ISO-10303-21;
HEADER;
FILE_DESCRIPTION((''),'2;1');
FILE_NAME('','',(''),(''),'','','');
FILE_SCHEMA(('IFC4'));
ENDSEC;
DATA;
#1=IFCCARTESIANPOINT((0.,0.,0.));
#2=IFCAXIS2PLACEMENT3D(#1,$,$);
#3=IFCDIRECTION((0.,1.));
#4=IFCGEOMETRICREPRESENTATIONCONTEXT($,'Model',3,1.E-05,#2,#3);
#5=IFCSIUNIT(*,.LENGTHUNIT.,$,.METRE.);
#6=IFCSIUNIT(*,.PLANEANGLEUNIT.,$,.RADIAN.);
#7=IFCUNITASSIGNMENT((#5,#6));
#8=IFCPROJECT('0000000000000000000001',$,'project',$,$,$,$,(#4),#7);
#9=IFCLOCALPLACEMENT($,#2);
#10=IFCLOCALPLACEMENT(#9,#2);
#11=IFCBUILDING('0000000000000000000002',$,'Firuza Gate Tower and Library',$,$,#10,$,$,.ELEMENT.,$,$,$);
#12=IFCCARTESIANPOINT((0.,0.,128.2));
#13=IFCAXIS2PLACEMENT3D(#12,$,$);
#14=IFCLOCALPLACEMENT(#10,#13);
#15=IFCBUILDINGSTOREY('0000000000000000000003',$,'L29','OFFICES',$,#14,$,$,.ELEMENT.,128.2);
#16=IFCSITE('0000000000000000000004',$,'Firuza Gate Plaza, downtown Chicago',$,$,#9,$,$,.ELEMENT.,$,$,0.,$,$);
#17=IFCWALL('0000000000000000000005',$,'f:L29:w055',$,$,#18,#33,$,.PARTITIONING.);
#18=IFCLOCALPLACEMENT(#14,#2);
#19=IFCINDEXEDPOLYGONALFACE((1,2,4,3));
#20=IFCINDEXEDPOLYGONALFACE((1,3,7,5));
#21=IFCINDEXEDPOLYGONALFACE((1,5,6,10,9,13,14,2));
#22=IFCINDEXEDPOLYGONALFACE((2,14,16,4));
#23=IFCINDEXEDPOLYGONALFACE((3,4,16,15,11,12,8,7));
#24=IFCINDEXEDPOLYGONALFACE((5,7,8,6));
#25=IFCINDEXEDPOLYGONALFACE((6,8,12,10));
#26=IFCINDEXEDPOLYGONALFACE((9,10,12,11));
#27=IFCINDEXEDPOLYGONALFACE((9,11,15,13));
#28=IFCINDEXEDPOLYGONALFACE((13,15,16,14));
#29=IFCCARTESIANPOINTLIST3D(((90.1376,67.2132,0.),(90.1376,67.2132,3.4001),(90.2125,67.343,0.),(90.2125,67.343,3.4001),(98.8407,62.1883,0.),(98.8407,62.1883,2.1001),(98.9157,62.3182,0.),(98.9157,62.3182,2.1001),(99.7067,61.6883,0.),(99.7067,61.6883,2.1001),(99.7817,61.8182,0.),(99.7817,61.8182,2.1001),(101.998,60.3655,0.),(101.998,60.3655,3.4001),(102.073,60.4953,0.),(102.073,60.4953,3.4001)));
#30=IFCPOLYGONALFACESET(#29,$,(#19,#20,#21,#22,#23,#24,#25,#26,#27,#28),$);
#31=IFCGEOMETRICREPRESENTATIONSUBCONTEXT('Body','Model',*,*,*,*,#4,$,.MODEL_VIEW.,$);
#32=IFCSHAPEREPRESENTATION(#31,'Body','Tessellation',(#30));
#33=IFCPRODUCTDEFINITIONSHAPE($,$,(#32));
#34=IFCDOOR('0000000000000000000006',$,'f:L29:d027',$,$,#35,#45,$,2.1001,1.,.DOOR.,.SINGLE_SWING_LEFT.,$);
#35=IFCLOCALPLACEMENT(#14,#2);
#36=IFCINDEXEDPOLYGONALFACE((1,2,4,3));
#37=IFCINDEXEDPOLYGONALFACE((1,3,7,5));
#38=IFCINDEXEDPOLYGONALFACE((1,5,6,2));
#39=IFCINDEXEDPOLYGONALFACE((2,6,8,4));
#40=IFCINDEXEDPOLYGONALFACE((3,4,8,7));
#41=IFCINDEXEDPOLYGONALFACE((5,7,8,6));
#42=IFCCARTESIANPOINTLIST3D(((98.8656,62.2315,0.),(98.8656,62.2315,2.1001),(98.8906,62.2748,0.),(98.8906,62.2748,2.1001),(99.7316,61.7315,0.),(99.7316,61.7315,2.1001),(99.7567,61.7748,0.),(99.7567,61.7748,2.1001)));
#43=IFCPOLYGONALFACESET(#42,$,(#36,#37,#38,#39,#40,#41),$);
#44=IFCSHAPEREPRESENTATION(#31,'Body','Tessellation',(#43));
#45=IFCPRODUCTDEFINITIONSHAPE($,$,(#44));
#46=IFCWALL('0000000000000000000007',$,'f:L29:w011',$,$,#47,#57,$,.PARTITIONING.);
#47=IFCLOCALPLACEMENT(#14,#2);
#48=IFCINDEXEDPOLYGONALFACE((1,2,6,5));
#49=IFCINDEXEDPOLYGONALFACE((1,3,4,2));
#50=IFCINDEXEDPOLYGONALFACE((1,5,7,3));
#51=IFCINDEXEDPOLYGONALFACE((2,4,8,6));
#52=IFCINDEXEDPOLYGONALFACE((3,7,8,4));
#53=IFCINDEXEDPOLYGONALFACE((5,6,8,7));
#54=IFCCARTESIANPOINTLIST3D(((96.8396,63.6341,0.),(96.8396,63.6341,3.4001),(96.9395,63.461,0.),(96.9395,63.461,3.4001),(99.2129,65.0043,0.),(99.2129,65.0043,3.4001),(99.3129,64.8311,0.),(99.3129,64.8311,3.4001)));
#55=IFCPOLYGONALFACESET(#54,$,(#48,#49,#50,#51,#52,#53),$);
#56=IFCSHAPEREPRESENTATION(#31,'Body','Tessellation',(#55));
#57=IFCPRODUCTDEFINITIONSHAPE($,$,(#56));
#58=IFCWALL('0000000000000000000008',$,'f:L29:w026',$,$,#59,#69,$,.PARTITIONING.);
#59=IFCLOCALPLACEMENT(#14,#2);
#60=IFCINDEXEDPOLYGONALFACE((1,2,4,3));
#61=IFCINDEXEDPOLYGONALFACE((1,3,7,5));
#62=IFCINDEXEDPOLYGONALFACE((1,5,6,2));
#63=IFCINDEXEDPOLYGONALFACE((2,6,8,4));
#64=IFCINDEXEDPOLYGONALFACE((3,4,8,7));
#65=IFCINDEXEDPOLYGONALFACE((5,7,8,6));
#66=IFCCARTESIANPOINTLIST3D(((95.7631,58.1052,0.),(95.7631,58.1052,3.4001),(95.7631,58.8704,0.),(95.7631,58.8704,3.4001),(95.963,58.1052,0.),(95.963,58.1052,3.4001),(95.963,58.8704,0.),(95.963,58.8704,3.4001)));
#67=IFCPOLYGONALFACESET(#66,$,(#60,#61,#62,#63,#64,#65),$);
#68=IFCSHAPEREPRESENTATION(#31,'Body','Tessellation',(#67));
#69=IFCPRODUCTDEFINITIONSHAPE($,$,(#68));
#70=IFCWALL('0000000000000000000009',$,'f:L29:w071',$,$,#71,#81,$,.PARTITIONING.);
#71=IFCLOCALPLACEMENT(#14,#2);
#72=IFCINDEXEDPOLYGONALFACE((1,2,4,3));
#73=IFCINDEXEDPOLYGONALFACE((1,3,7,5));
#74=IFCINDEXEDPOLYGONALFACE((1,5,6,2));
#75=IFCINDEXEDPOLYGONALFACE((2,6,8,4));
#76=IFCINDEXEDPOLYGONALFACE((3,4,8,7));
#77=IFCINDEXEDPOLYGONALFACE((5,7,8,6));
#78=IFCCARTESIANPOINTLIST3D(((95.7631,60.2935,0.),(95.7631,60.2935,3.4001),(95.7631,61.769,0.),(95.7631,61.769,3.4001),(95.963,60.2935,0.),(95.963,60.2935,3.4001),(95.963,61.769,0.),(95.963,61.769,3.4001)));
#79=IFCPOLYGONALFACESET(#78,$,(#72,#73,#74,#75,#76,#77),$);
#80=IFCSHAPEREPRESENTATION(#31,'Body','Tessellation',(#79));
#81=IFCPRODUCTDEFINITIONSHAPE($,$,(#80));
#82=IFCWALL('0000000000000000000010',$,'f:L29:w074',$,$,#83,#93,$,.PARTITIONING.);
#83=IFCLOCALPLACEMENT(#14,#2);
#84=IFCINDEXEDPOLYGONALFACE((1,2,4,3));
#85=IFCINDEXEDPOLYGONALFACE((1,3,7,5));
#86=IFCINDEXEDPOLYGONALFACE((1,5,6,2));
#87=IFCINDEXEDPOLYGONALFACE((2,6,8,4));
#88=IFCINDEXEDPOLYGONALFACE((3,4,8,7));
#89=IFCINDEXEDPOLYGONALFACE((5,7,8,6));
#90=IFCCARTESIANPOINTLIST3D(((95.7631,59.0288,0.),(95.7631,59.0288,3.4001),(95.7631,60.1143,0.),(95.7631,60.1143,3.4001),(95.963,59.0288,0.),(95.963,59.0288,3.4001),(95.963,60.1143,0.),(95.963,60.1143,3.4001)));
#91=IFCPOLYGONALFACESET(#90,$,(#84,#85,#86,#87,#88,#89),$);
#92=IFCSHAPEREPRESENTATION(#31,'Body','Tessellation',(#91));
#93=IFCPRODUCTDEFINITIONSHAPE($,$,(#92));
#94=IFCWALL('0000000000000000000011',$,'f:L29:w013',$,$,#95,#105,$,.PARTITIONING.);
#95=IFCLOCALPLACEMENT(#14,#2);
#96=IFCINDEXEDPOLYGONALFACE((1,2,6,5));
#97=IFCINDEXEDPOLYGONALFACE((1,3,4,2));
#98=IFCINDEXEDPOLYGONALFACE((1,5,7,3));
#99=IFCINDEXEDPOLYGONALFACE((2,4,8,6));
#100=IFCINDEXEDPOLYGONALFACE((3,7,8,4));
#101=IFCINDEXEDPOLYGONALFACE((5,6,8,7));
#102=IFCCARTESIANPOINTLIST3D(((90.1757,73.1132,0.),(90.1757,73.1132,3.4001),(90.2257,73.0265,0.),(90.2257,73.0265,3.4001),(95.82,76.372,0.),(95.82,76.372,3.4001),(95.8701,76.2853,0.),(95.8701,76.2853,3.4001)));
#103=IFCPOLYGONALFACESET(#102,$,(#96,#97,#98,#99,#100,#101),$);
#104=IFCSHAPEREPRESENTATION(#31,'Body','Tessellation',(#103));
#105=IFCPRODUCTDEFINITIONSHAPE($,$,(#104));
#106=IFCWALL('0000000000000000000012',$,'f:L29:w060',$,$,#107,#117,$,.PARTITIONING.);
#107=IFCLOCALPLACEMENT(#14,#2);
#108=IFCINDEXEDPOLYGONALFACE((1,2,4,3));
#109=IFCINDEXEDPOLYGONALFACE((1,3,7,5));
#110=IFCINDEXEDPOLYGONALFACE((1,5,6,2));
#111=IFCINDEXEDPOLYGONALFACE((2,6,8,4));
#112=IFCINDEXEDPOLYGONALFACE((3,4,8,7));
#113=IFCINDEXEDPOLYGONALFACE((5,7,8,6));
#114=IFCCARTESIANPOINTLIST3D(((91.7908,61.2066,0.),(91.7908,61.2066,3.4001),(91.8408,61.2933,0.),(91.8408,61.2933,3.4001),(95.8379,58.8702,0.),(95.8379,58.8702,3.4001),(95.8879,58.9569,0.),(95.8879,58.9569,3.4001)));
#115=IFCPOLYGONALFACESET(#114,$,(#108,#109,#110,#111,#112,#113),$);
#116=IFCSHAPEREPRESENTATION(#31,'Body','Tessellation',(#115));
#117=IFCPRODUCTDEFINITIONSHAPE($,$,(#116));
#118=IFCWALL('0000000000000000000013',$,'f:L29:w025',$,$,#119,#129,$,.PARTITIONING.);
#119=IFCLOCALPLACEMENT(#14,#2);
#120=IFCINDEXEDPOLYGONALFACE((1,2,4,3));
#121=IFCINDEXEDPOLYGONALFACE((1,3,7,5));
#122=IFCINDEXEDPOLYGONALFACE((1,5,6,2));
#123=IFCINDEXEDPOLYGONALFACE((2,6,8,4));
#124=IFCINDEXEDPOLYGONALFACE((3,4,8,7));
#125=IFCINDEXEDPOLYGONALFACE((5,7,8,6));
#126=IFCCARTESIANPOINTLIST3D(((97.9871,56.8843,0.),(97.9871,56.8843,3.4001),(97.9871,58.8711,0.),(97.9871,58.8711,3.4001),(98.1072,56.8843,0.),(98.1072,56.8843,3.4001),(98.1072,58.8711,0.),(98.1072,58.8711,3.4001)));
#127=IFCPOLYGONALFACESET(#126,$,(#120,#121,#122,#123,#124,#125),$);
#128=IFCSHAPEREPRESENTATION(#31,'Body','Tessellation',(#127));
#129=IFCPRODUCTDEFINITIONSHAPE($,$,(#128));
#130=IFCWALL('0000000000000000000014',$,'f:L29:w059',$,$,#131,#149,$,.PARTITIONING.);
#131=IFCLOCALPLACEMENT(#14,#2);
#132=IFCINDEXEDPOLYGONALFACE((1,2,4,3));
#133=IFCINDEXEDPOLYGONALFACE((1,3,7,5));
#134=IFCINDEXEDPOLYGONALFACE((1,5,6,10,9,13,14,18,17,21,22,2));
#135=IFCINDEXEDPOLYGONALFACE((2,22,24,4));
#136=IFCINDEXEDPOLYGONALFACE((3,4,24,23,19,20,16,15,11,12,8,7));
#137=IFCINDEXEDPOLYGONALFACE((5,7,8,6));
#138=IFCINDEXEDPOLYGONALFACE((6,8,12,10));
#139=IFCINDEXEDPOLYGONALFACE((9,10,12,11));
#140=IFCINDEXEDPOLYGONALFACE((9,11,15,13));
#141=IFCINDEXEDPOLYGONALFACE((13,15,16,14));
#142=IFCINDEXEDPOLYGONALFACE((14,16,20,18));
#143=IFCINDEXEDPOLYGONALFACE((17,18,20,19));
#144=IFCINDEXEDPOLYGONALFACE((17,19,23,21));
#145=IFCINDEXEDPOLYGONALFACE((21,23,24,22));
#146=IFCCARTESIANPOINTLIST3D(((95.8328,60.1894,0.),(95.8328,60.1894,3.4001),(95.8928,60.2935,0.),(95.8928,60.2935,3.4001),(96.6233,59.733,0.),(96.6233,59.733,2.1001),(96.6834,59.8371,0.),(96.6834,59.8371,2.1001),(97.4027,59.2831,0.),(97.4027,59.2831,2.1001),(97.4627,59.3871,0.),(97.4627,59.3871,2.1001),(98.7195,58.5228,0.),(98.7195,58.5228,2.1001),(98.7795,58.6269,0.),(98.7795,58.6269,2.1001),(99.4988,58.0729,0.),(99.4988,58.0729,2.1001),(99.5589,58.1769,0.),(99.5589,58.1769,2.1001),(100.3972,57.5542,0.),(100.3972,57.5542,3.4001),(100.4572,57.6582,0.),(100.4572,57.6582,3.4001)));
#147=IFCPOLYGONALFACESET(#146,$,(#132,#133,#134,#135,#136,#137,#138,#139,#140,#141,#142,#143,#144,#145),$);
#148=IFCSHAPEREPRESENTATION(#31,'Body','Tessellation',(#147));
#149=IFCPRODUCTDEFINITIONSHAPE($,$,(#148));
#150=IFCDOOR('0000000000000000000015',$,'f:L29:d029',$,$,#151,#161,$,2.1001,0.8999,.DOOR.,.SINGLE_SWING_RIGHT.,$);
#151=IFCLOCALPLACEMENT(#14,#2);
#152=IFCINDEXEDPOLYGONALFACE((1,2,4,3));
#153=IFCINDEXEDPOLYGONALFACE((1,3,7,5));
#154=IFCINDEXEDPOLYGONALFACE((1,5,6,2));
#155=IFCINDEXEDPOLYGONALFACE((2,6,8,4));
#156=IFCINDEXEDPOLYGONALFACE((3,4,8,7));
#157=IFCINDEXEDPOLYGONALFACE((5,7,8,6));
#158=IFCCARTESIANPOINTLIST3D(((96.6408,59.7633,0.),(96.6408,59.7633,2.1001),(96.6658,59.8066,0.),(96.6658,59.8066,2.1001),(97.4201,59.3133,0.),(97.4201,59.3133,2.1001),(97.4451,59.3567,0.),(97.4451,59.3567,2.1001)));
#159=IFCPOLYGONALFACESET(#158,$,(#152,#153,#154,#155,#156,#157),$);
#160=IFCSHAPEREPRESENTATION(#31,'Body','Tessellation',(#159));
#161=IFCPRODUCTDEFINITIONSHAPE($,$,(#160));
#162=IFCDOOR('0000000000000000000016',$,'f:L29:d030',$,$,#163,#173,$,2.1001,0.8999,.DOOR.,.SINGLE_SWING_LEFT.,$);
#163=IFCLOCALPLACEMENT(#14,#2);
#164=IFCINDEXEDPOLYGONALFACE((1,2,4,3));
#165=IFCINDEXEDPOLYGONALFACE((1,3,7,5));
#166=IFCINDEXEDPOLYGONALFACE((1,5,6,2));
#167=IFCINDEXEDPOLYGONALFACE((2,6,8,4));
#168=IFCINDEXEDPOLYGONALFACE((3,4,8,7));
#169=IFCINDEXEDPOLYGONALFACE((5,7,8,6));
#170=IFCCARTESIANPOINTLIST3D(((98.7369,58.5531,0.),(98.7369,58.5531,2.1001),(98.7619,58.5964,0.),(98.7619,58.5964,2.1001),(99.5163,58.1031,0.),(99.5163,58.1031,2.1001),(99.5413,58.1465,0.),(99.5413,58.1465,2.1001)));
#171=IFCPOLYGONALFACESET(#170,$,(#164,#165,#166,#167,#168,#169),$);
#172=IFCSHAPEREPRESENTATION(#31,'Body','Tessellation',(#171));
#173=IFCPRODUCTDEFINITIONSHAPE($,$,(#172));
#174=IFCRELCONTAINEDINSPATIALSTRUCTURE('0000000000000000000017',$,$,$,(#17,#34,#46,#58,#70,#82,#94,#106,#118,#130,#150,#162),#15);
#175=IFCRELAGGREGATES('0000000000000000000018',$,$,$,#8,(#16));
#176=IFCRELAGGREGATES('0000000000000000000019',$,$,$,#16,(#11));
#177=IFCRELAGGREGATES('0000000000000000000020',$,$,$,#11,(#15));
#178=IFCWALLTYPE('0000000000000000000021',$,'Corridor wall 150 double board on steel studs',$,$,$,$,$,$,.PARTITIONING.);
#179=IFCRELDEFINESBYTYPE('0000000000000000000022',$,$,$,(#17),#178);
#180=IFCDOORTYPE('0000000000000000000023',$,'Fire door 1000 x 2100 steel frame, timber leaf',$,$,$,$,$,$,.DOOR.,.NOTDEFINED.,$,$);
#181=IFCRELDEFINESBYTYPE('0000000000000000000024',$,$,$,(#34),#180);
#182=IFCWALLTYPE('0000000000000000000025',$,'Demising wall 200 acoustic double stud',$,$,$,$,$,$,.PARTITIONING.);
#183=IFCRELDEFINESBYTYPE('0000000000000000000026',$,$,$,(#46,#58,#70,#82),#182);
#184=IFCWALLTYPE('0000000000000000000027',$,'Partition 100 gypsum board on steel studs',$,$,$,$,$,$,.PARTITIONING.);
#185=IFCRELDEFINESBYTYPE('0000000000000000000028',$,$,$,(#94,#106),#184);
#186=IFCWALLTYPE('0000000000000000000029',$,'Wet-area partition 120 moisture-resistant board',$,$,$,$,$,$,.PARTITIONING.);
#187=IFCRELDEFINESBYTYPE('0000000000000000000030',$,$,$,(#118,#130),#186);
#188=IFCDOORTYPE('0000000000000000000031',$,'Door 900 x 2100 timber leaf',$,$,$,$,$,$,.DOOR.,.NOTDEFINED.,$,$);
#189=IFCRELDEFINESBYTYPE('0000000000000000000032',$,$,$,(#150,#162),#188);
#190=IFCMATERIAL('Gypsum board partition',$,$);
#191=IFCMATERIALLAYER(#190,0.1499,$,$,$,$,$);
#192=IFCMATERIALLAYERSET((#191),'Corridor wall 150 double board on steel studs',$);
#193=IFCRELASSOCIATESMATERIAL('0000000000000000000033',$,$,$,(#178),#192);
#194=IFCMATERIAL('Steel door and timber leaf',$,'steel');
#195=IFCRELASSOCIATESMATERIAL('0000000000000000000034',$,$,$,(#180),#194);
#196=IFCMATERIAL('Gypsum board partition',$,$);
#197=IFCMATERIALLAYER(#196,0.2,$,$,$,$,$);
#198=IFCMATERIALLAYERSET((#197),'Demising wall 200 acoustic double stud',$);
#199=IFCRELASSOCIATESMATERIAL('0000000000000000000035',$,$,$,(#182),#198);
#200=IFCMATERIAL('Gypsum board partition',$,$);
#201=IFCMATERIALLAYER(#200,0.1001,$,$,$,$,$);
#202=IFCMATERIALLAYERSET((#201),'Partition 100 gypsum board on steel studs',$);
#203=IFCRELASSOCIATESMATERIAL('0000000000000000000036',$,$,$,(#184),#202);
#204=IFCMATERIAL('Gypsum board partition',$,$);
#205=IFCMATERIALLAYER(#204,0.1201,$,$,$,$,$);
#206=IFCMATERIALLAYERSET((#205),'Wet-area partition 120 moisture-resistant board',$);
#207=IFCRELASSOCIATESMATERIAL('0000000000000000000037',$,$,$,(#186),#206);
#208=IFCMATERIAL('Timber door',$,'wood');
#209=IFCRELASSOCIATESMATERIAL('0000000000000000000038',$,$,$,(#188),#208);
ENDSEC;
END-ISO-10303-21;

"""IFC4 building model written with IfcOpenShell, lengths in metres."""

from ifc_helpers import new_model, si_unit, direction, frame, frame_2d, origin, place, context, subcontext, project, spatial, rectangle, extrude, material, layer, layer_set, type_object, element, fill, save


model = new_model("IFC4")

# Units and contexts
model_context = context("Model", 3, precision=1e-05, world=origin(), true_north=direction((0.0, 1.0)))
body_context = subcontext(model_context, "Body", "Model", "MODEL_VIEW")
ifc_project = project(units=[si_unit("LENGTHUNIT", "METRE"), si_unit("PLANEANGLEUNIT", "RADIAN")], contexts=[model_context])

# Site, building, storey
site_placement = place(None, origin())
site = spatial("IfcSite", under=ifc_project, at=site_placement, Name="Firuza Gate Plaza, downtown Chicago", CompositionType="ELEMENT", RefElevation=0.0)
building_placement = place(site_placement, origin())
building = spatial("IfcBuilding", under=site, at=building_placement, Name="Firuza Gate Tower and Library", CompositionType="ELEMENT")
storey_placement = place(building_placement, frame((0.0, 0.0, 128.2)))
storey = spatial("IfcBuildingStorey", under=building, at=storey_placement, Name="L29", Description="OFFICES", CompositionType="ELEMENT", Elevation=128.2)

# Shared definitions
ifc_material_1 = material(Name="Gypsum board partition")
ifc_layer_1 = layer(ifc_material_1, 0.1499)
ifc_layer_set_1 = layer_set([ifc_layer_1], Name="Corridor wall 150 double board on steel studs")
wall_type_1 = type_object("IfcWallType", Name="Corridor wall 150 double board on steel studs", PredefinedType="PARTITIONING", material=ifc_layer_set_1)
ifc_material_2 = material(Name="Steel door and timber leaf", Category="steel")
door_type_1 = type_object("IfcDoorType", Name="Fire door 1000 x 2100 steel frame, timber leaf", OperationType="NOTDEFINED", PredefinedType="DOOR", material=ifc_material_2)

# Wall, opening, door
wall_1_placement = place(storey_placement, frame((90.175, 67.2781, 0.0), z_axis=(0.0, 0.0, 1.0), x_axis=(0.866023, -0.500004, 0.0)))
wall_1 = element("IfcWall", 1, at=wall_1_placement, inside=storey, type_object=wall_type_1, Name="f:L29:w055", PredefinedType="PARTITIONING", context=body_context, shape_type="SweptSolid", body=[
    extrude(rectangle(XDim=13.6953, YDim=0.1499, at=frame_2d((6.8477, 0.0))), origin(), (0.0, 0.0, 1.0), 3.4001),
])
opening_1_placement = place(wall_1_placement, frame((10.0496, 0.0, 0.0)))
opening_1 = element("IfcOpeningElement", 2, at=opening_1_placement, cuts=wall_1, PredefinedType="OPENING", context=body_context, shape_type="SweptSolid", body=[
    extrude(rectangle(XDim=1.0, YDim=2.1001, at=frame_2d((0.5, 1.05))), frame((0.0, 0.085, 0.0), z_axis=(0.0, -1.0, 0.0), x_axis=(1.0, 0.0, 0.0)), (0.0, 0.0, 1.0), 0.1699),
])
door_1_placement = place(opening_1_placement, origin())
door_1 = element("IfcDoor", 3, at=door_1_placement, inside=storey, type_object=door_type_1, Name="f:L29:d027", OperationType="SINGLE_SWING_LEFT", OverallHeight=2.1001, OverallWidth=1.0, PredefinedType="DOOR", context=body_context, shape_type="SweptSolid", body=[
    extrude(rectangle(XDim=1.0, YDim=2.1001, at=frame_2d((0.5, 1.05))), frame((0.0, 0.0249, 0.0), z_axis=(0.0, -1.0, 0.0), x_axis=(1.0, 0.0, 0.0)), (0.0, 0.0, 1.0), 0.05),
])
fill(opening_1, door_1)

# Walls
ifc_material_3 = material(Name="Gypsum board partition")
ifc_layer_2 = layer(ifc_material_3, 0.2)
ifc_layer_set_2 = layer_set([ifc_layer_2], Name="Demising wall 200 acoustic double stud")
wall_type_2 = type_object("IfcWallType", Name="Demising wall 200 acoustic double stud", PredefinedType="PARTITIONING", material=ifc_layer_set_2)
wall_2_placement = place(storey_placement, frame((96.8896, 63.5476, 0.0), z_axis=(0.0, 0.0, 1.0), x_axis=(0.866042, 0.499972, 0.0)))
element("IfcWall", 4, at=wall_2_placement, inside=storey, type_object=wall_type_2, Name="f:L29:w011", PredefinedType="PARTITIONING", context=body_context, shape_type="SweptSolid", body=[
    extrude(rectangle(XDim=2.7405, YDim=0.2, at=frame_2d((1.3701, 0.0))), origin(), (0.0, 0.0, 1.0), 3.4001),
])
wall_3_placement = place(storey_placement, frame((95.863, 58.1052, 0.0), z_axis=(0.0, 0.0, 1.0), x_axis=(0.0, 1.0, 0.0)))
element("IfcWall", 5, at=wall_3_placement, inside=storey, type_object=wall_type_2, Name="f:L29:w026", PredefinedType="PARTITIONING", context=body_context, shape_type="SweptSolid", body=[
    extrude(rectangle(XDim=0.7651, YDim=0.2, at=frame_2d((0.3826, 0.0))), origin(), (0.0, 0.0, 1.0), 3.4001),
])
wall_4_placement = place(storey_placement, frame((95.863, 60.2935, 0.0), z_axis=(0.0, 0.0, 1.0), x_axis=(0.0, 1.0, 0.0)))
element("IfcWall", 6, at=wall_4_placement, inside=storey, type_object=wall_type_2, Name="f:L29:w071", PredefinedType="PARTITIONING", context=body_context, shape_type="SweptSolid", body=[
    extrude(rectangle(XDim=1.4756, YDim=0.2, at=frame_2d((0.7378, 0.0))), origin(), (0.0, 0.0, 1.0), 3.4001),
])
wall_5_placement = place(storey_placement, frame((95.863, 59.0288, 0.0), z_axis=(0.0, 0.0, 1.0), x_axis=(0.0, 1.0, 0.0)))
element("IfcWall", 7, at=wall_5_placement, inside=storey, type_object=wall_type_2, Name="f:L29:w074", PredefinedType="PARTITIONING", context=body_context, shape_type="SweptSolid", body=[
    extrude(rectangle(XDim=1.0854, YDim=0.2, at=frame_2d((0.5427, 0.0))), origin(), (0.0, 0.0, 1.0), 3.4001),
])
ifc_material_4 = material(Name="Gypsum board partition")
ifc_layer_3 = layer(ifc_material_4, 0.1001)
ifc_layer_set_3 = layer_set([ifc_layer_3], Name="Partition 100 gypsum board on steel studs")
wall_type_3 = type_object("IfcWallType", Name="Partition 100 gypsum board on steel studs", PredefinedType="PARTITIONING", material=ifc_layer_set_3)
wall_6_placement = place(storey_placement, frame((90.2007, 73.0698, 0.0), z_axis=(0.0, 0.0, 1.0), x_axis=(0.866022, 0.500007, 0.0)))
element("IfcWall", 8, at=wall_6_placement, inside=storey, type_object=wall_type_3, Name="f:L29:w013", PredefinedType="PARTITIONING", context=body_context, shape_type="SweptSolid", body=[
    extrude(rectangle(XDim=6.5176, YDim=0.1001, at=frame_2d((3.2588, 0.0))), origin(), (0.0, 0.0, 1.0), 3.4001),
])
wall_7_placement = place(storey_placement, frame((95.8628, 58.9136, 0.0), z_axis=(0.0, 0.0, 1.0), x_axis=(-0.866042, 0.499971, 0.0)))
element("IfcWall", 9, at=wall_7_placement, inside=storey, type_object=wall_type_3, Name="f:L29:w060", PredefinedType="PARTITIONING", context=body_context, shape_type="SweptSolid", body=[
    extrude(rectangle(XDim=4.6731, YDim=0.1001, at=frame_2d((2.3364, 0.0))), origin(), (0.0, 0.0, 1.0), 3.4001),
])
ifc_material_5 = material(Name="Gypsum board partition")
ifc_layer_4 = layer(ifc_material_5, 0.1201)
ifc_layer_set_4 = layer_set([ifc_layer_4], Name="Wet-area partition 120 moisture-resistant board")
wall_type_4 = type_object("IfcWallType", Name="Wet-area partition 120 moisture-resistant board", PredefinedType="PARTITIONING", material=ifc_layer_set_4)
wall_8_placement = place(storey_placement, frame((98.0471, 56.8843, 0.0), z_axis=(0.0, 0.0, 1.0), x_axis=(0.0, 1.0, 0.0)))
element("IfcWall", 10, at=wall_8_placement, inside=storey, type_object=wall_type_4, Name="f:L29:w025", PredefinedType="PARTITIONING", context=body_context, shape_type="SweptSolid", body=[
    extrude(rectangle(XDim=1.9868, YDim=0.1201, at=frame_2d((0.9934, 0.0))), origin(), (0.0, 0.0, 1.0), 3.4001),
])

# Wall, openings, doors
wall_9_placement = place(storey_placement, frame((95.8628, 60.2415, 0.0), z_axis=(0.0, 0.0, 1.0), x_axis=(0.866028, -0.499995, 0.0)))
wall_9 = element("IfcWall", 11, at=wall_9_placement, inside=storey, type_object=wall_type_4, Name="f:L29:w059", PredefinedType="PARTITIONING", context=body_context, shape_type="SweptSolid", body=[
    extrude(rectangle(XDim=5.2705, YDim=0.1201, at=frame_2d((2.6353, 0.0))), origin(), (0.0, 0.0, 1.0), 3.4001),
])
opening_2_placement = place(wall_9_placement, frame((0.9128, 0.0, 0.0)))
opening_2 = element("IfcOpeningElement", 12, at=opening_2_placement, cuts=wall_9, PredefinedType="OPENING", context=body_context, shape_type="SweptSolid", body=[
    extrude(rectangle(XDim=0.8999, YDim=2.1001, at=frame_2d((0.45, 1.05))), frame((0.0, 0.0701, 0.0), z_axis=(0.0, -1.0, 0.0), x_axis=(1.0, 0.0, 0.0)), (0.0, 0.0, 1.0), 0.1401),
])
opening_3_placement = place(wall_9_placement, frame((3.3333, 0.0, 0.0)))
opening_3 = element("IfcOpeningElement", 13, at=opening_3_placement, cuts=wall_9, PredefinedType="OPENING", context=body_context, shape_type="SweptSolid", body=[
    extrude(rectangle(XDim=0.8999, YDim=2.1001, at=frame_2d((0.45, 1.05))), frame((0.0, 0.0701, 0.0), z_axis=(0.0, -1.0, 0.0), x_axis=(1.0, 0.0, 0.0)), (0.0, 0.0, 1.0), 0.1401),
])
ifc_material_6 = material(Name="Timber door", Category="wood")
door_type_2 = type_object("IfcDoorType", Name="Door 900 x 2100 timber leaf", OperationType="NOTDEFINED", PredefinedType="DOOR", material=ifc_material_6)
door_2_placement = place(opening_2_placement, origin())
door_2 = element("IfcDoor", 14, at=door_2_placement, inside=storey, type_object=door_type_2, Name="f:L29:d029", OperationType="SINGLE_SWING_RIGHT", OverallHeight=2.1001, OverallWidth=0.8999, PredefinedType="DOOR", context=body_context, shape_type="SweptSolid", body=[
    extrude(rectangle(XDim=0.8999, YDim=2.1001, at=frame_2d((0.45, 1.05))), frame((0.0, 0.0249, 0.0), z_axis=(0.0, -1.0, 0.0), x_axis=(1.0, 0.0, 0.0)), (0.0, 0.0, 1.0), 0.05),
])
fill(opening_2, door_2)
door_3_placement = place(opening_3_placement, origin())
door_3 = element("IfcDoor", 15, at=door_3_placement, inside=storey, type_object=door_type_2, Name="f:L29:d030", OperationType="SINGLE_SWING_LEFT", OverallHeight=2.1001, OverallWidth=0.8999, PredefinedType="DOOR", context=body_context, shape_type="SweptSolid", body=[
    extrude(rectangle(XDim=0.8999, YDim=2.1001, at=frame_2d((0.45, 1.05))), frame((0.0, 0.0249, 0.0), z_axis=(0.0, -1.0, 0.0), x_axis=(1.0, 0.0, 0.0)), (0.0, 0.0, 1.0), 0.05),
])
fill(opening_3, door_3)

save(model, "model.ifc")
